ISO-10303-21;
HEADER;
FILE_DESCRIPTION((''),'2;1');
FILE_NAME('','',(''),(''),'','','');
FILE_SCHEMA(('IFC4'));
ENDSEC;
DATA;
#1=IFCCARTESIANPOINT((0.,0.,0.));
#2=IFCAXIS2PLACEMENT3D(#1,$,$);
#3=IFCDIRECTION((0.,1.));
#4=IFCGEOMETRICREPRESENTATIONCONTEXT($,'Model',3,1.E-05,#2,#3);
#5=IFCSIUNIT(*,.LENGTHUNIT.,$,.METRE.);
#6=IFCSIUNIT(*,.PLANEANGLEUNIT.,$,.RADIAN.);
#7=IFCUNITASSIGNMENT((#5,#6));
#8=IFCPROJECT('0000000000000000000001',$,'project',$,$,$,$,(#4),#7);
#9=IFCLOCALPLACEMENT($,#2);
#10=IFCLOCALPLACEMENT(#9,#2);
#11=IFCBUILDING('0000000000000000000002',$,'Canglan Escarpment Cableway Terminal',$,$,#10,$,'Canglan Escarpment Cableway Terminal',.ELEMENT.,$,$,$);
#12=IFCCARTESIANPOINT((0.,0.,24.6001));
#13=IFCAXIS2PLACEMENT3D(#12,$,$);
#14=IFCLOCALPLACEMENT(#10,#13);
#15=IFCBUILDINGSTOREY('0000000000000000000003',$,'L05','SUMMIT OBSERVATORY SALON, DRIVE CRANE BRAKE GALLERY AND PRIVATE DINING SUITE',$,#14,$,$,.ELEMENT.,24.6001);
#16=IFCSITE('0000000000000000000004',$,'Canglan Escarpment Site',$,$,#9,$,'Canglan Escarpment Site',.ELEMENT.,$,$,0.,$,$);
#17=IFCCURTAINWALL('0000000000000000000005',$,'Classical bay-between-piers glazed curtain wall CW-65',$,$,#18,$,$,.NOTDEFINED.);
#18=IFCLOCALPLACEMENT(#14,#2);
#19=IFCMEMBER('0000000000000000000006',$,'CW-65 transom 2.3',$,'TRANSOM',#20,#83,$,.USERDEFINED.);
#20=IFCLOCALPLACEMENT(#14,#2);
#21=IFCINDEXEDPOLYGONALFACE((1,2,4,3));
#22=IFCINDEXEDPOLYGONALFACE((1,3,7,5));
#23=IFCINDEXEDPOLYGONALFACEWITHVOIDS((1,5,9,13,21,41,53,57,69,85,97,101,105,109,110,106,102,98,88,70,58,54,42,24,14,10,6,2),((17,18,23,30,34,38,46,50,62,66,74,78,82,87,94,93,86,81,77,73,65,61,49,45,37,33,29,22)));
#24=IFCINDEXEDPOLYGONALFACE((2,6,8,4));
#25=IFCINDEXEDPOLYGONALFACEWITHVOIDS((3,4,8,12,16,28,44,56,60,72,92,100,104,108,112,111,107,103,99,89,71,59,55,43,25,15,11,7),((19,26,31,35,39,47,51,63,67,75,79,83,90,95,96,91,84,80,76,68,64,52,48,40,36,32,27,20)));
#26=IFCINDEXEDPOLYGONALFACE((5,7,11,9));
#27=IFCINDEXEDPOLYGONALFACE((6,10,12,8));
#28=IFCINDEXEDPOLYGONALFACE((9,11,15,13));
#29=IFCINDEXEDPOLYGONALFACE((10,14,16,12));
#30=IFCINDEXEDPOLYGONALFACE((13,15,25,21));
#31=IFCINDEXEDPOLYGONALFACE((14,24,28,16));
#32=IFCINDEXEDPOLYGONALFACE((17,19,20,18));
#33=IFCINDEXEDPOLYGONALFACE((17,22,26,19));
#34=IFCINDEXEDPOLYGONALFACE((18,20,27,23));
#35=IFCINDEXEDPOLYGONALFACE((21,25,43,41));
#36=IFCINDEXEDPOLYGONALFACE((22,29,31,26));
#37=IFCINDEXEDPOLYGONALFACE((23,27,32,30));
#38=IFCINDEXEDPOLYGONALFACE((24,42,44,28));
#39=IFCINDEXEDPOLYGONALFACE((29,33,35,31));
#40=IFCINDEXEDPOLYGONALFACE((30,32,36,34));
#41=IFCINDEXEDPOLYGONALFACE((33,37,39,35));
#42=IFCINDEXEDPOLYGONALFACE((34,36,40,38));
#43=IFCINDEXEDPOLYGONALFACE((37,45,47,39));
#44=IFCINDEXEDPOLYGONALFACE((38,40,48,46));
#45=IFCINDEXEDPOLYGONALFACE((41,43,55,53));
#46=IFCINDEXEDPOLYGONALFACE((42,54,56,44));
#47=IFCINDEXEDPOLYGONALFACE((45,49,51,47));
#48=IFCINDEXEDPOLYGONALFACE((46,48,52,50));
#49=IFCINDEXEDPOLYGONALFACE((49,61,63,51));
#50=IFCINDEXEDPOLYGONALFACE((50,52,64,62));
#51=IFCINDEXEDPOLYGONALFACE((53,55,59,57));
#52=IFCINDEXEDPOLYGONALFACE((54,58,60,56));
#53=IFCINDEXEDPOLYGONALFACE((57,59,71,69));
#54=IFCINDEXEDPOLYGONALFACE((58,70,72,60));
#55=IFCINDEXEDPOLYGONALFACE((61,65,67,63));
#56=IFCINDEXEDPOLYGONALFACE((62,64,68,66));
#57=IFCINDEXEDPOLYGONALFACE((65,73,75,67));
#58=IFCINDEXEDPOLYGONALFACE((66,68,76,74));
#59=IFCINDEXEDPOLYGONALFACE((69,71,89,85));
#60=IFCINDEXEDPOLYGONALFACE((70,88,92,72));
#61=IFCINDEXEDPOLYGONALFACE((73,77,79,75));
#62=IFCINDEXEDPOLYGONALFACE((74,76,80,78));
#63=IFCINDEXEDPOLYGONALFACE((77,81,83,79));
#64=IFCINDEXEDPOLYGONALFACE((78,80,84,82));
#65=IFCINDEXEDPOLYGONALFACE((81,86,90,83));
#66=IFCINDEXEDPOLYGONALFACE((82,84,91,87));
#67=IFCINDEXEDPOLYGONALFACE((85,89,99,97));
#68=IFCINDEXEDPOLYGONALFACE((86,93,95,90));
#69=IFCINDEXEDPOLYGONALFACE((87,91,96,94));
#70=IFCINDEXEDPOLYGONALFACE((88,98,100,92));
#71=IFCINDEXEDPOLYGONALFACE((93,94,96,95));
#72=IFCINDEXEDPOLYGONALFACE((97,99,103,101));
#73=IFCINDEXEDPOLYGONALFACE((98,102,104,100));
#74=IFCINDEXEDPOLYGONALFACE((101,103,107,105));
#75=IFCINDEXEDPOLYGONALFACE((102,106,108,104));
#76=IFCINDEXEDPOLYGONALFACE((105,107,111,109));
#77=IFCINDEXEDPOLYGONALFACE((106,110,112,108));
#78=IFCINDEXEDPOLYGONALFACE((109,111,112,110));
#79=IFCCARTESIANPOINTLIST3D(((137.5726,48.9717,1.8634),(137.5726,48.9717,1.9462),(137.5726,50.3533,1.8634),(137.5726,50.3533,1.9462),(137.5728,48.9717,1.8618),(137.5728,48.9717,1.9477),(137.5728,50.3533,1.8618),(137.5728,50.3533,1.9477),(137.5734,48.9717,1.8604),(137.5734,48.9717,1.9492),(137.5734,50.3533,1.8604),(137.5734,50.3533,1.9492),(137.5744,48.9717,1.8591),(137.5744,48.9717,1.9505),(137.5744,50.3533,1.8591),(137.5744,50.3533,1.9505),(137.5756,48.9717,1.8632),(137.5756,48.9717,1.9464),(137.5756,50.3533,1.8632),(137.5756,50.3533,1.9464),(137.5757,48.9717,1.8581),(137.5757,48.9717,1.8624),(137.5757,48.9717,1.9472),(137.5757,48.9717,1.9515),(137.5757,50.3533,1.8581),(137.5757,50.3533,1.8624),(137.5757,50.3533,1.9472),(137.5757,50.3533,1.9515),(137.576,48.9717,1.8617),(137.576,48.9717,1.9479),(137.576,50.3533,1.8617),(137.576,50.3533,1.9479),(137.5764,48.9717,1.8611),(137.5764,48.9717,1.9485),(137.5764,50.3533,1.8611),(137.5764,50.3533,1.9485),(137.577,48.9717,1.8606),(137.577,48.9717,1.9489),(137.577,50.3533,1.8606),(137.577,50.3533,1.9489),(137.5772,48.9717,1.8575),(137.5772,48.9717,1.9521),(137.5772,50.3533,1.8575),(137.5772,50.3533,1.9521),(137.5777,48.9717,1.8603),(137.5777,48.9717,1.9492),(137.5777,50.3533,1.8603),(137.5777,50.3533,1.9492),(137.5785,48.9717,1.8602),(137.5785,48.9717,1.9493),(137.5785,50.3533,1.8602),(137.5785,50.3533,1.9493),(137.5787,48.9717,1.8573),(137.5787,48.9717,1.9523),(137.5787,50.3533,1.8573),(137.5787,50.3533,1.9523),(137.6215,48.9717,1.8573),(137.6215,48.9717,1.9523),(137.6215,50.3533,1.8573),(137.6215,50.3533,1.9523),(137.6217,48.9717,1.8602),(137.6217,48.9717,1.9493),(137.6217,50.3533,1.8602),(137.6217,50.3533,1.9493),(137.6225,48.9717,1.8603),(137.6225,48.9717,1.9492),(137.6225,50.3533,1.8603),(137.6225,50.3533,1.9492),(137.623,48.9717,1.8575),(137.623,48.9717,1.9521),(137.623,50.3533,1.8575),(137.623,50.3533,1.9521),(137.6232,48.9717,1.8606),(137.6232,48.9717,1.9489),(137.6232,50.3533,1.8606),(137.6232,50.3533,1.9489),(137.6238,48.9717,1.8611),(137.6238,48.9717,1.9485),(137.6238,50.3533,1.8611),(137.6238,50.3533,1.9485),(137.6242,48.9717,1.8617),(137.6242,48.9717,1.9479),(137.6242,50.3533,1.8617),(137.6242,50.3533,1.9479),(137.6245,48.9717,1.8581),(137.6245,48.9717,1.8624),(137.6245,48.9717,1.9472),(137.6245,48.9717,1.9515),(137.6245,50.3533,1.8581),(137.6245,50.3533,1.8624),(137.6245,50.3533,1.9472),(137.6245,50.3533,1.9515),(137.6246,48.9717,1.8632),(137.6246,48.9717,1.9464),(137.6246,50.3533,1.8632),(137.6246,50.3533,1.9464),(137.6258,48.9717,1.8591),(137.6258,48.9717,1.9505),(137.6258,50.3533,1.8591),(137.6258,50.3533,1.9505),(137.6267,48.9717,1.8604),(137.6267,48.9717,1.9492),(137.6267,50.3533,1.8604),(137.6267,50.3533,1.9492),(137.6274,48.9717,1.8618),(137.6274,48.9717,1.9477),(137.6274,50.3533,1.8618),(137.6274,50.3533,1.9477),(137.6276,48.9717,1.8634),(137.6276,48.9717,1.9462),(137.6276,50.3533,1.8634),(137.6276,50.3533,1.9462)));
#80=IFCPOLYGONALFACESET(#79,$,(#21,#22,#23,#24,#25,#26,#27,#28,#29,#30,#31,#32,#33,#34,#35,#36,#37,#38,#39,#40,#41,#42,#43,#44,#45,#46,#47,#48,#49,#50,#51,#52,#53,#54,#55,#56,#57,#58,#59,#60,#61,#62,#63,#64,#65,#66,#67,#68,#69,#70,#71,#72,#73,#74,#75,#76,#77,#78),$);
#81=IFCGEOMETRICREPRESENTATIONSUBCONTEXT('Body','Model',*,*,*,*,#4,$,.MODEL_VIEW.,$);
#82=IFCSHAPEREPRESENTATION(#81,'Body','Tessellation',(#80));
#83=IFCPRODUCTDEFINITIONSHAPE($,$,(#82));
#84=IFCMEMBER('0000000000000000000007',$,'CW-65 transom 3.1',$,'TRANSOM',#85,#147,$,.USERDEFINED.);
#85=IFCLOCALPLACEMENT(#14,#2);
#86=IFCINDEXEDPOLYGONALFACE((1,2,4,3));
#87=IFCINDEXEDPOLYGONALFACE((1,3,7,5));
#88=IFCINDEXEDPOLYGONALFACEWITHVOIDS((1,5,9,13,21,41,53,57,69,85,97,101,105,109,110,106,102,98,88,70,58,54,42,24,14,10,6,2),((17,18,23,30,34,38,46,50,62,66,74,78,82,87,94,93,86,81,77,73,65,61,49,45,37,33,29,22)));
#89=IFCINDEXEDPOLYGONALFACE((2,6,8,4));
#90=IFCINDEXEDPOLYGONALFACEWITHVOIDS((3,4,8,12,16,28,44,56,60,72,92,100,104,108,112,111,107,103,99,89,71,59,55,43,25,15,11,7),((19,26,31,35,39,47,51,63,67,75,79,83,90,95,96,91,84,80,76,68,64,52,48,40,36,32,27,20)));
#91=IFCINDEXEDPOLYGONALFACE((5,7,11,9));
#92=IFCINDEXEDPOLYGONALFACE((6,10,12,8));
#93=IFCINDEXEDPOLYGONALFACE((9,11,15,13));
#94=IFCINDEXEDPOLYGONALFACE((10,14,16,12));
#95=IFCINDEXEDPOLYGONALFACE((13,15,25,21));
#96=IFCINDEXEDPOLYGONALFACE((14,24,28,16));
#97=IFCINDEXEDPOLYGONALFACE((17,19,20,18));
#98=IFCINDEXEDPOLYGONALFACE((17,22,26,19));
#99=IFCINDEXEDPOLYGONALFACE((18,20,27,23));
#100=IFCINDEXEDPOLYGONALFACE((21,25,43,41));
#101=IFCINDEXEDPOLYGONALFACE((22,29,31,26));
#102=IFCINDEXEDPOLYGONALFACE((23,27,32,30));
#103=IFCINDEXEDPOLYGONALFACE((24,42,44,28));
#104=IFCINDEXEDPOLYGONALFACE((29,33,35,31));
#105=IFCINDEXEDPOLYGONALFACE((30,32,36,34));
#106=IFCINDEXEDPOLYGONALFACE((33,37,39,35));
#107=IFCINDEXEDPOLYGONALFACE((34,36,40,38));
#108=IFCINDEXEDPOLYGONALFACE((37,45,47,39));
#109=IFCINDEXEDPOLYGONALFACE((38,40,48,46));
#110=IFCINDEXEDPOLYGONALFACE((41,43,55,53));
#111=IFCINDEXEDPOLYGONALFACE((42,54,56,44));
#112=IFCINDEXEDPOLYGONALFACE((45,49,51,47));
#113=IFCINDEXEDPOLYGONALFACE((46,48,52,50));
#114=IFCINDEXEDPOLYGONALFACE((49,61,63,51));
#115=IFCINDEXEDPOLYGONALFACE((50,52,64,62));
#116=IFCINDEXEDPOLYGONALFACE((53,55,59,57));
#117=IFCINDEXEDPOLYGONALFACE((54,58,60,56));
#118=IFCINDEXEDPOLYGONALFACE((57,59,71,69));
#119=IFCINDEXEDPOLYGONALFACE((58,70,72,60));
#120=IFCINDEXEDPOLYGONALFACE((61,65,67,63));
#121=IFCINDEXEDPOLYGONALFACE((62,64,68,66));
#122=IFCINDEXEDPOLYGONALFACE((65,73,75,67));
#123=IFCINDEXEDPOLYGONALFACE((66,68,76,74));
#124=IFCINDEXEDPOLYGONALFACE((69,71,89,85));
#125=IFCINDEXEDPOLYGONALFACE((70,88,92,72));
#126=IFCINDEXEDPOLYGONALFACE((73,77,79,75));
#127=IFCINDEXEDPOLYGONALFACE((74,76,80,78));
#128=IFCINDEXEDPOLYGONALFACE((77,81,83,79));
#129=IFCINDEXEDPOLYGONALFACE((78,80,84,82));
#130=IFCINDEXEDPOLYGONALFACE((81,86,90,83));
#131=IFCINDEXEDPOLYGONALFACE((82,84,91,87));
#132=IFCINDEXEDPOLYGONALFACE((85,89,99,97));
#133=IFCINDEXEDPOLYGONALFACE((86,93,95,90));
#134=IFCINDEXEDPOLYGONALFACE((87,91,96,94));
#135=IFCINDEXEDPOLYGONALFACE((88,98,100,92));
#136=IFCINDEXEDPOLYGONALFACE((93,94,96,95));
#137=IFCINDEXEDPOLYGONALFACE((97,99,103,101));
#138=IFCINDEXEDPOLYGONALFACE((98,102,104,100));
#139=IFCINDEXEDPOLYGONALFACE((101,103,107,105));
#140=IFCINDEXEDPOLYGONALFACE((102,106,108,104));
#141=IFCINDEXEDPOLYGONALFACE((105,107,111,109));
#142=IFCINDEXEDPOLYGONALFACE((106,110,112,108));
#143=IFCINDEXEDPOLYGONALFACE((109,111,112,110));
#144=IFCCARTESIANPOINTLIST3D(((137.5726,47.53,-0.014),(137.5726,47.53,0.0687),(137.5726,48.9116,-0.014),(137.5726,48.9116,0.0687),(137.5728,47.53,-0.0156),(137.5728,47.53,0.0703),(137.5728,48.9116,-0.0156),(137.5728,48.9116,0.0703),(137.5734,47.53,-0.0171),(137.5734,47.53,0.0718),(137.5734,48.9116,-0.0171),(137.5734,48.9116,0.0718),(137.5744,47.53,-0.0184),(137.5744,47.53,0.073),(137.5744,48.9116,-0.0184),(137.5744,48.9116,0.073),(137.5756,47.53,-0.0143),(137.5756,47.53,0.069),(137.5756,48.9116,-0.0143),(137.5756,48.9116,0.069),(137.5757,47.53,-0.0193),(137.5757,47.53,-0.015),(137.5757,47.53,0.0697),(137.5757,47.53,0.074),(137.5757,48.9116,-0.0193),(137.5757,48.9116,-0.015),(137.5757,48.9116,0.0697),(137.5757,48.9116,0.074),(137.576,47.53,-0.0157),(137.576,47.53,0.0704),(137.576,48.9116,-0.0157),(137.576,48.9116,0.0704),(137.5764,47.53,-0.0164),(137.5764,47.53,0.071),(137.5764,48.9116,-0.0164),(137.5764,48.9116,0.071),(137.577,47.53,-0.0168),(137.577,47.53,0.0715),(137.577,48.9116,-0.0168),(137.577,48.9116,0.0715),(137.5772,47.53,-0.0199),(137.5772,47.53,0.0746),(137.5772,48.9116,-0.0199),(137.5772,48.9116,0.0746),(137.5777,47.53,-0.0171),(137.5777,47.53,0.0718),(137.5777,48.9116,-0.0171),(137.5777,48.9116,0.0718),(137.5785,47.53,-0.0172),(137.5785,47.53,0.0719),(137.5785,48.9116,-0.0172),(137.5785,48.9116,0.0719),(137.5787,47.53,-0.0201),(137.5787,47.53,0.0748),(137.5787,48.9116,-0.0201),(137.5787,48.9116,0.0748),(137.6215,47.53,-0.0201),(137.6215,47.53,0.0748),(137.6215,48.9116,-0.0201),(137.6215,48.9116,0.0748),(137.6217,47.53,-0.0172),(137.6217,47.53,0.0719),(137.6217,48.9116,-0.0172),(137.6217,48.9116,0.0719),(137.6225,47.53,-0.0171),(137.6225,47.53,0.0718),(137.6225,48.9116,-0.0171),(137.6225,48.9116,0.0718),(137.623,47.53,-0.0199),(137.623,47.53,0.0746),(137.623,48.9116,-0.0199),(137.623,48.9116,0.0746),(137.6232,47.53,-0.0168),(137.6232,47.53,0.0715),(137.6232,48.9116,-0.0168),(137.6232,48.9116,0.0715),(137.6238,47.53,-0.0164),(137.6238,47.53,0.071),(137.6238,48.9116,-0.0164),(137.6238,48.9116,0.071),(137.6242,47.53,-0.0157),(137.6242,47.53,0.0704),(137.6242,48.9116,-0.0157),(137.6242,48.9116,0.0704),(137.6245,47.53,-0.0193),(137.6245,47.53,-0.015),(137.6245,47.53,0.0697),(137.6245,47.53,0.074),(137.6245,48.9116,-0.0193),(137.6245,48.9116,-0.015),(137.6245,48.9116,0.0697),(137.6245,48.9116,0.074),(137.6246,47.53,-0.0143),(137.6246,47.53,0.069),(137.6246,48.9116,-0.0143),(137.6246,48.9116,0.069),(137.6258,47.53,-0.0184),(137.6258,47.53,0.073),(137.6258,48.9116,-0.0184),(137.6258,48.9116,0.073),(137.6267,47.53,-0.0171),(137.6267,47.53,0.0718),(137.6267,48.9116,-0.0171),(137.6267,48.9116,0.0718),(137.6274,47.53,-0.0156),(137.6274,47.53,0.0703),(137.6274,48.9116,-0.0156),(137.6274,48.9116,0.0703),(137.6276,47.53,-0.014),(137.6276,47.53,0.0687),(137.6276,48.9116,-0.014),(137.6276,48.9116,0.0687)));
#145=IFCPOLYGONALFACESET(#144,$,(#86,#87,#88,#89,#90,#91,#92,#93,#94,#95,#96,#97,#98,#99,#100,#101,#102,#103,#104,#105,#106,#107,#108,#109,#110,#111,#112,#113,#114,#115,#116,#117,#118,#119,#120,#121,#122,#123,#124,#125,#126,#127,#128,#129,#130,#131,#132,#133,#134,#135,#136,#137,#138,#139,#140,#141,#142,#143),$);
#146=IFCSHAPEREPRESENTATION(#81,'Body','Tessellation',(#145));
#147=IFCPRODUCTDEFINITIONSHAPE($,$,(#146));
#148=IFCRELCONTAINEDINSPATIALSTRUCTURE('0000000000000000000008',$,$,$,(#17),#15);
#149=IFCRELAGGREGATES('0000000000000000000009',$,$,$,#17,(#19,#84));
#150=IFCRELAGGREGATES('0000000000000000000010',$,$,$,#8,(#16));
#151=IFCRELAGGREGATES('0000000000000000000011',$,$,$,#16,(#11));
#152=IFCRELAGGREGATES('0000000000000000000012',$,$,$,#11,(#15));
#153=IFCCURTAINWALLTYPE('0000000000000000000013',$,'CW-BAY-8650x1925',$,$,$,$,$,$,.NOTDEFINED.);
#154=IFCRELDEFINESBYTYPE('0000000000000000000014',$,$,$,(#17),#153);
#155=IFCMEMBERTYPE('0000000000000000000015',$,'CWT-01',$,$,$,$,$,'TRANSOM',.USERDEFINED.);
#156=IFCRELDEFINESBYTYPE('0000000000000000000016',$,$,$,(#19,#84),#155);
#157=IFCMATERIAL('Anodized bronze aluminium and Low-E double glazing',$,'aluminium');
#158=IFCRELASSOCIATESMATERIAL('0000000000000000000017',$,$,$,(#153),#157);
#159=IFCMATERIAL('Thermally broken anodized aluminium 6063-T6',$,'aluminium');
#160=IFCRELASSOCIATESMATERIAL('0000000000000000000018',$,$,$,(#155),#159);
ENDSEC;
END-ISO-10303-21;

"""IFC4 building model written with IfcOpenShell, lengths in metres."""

from ifc_helpers import new_model, si_unit, direction, frame, origin, origin_2d, place, context, subcontext, project, spatial, hollow_rectangle, extrude, material, material_profile, profile_set, type_object, element, aggregate, save


model = new_model("IFC4")

# Units and contexts
model_context = context("Model", 3, precision=1e-05, world=origin(), true_north=direction((0.0, 1.0)))
body_context = subcontext(model_context, "Body", "Model", "MODEL_VIEW")
ifc_project = project(units=[si_unit("LENGTHUNIT", "METRE"), si_unit("PLANEANGLEUNIT", "RADIAN")], contexts=[model_context])

# Site, building, storey
site_placement = place(None, origin())
site = spatial("IfcSite", under=ifc_project, at=site_placement, Name="Canglan Escarpment Site", LongName="Canglan Escarpment Site", CompositionType="ELEMENT", RefElevation=0.0)
building_placement = place(site_placement, origin())
building = spatial("IfcBuilding", under=site, at=building_placement, Name="Canglan Escarpment Cableway Terminal", LongName="Canglan Escarpment Cableway Terminal", CompositionType="ELEMENT")
storey_placement = place(building_placement, frame((0.0, 0.0, 24.6001)))
storey = spatial("IfcBuildingStorey", under=building, at=storey_placement, Name="L05", Description="SUMMIT OBSERVATORY SALON, DRIVE CRANE BRAKE GALLERY AND PRIVATE DINING SUITE", CompositionType="ELEMENT", Elevation=24.6001)

# Curtain wall
ifc_material_1 = material(Name="Anodized bronze aluminium and Low-E double glazing", Category="aluminium")
curtain_wall_type_1 = type_object("IfcCurtainWallType", Name="CW-BAY-8650x1925", PredefinedType="NOTDEFINED", material=ifc_material_1)
curtain_wall_1_placement = place(storey_placement, origin())
curtain_wall_1 = element("IfcCurtainWall", 1, at=curtain_wall_1_placement, inside=storey, type_object=curtain_wall_type_1, Name="Classical bay-between-piers glazed curtain wall CW-65", PredefinedType="NOTDEFINED")
ifc_material_2 = material(Name="Thermally broken anodized aluminium 6063-T6", Category="aluminium")

# Members
ifc_material_profile_1 = material_profile(ifc_material_2, hollow_rectangle(XDim=0.0549, YDim=0.095, WallThickness=0.0029, InnerFilletRadius=0.0029, OuterFilletRadius=0.0061, at=origin_2d()), Name="ALU-TRAN 55x95x3")
ifc_profile_set_1 = profile_set([ifc_material_profile_1], Name="Thermally broken anodized aluminium 6063-T6")
member_type_1 = type_object("IfcMemberType", Name="CWT-01", ElementType="TRANSOM", PredefinedType="USERDEFINED", material=ifc_profile_set_1)
member_1_placement = place(storey_placement, frame((137.6001, 50.3533, 1.9048), z_axis=(0.0, -1.0, 0.0), x_axis=(1.0, 0.0, 0.0)))
member_1 = element("IfcMember", 2, at=member_1_placement, type_object=member_type_1, Name="CW-65 transom 2.3", ObjectType="TRANSOM", PredefinedType="USERDEFINED", context=body_context, shape_type="SweptSolid", body=[
    extrude(hollow_rectangle(XDim=0.0549, YDim=0.095, WallThickness=0.0029, InnerFilletRadius=0.0029, OuterFilletRadius=0.0061, at=origin_2d()), origin(), (0.0, 0.0, 1.0), 1.3816),
])
member_2_placement = place(storey_placement, frame((137.6001, 48.9116, 0.0273), z_axis=(0.0, -1.0, 0.0), x_axis=(1.0, 0.0, 0.0)))
member_2 = element("IfcMember", 3, at=member_2_placement, type_object=member_type_1, Name="CW-65 transom 3.1", ObjectType="TRANSOM", PredefinedType="USERDEFINED", context=body_context, shape_type="SweptSolid", body=[
    extrude(hollow_rectangle(XDim=0.0549, YDim=0.095, WallThickness=0.0029, InnerFilletRadius=0.0029, OuterFilletRadius=0.0061, at=origin_2d()), origin(), (0.0, 0.0, 1.0), 1.3816),
])

aggregate(curtain_wall_1, [member_1, member_2])

save(model, "model.ifc")
